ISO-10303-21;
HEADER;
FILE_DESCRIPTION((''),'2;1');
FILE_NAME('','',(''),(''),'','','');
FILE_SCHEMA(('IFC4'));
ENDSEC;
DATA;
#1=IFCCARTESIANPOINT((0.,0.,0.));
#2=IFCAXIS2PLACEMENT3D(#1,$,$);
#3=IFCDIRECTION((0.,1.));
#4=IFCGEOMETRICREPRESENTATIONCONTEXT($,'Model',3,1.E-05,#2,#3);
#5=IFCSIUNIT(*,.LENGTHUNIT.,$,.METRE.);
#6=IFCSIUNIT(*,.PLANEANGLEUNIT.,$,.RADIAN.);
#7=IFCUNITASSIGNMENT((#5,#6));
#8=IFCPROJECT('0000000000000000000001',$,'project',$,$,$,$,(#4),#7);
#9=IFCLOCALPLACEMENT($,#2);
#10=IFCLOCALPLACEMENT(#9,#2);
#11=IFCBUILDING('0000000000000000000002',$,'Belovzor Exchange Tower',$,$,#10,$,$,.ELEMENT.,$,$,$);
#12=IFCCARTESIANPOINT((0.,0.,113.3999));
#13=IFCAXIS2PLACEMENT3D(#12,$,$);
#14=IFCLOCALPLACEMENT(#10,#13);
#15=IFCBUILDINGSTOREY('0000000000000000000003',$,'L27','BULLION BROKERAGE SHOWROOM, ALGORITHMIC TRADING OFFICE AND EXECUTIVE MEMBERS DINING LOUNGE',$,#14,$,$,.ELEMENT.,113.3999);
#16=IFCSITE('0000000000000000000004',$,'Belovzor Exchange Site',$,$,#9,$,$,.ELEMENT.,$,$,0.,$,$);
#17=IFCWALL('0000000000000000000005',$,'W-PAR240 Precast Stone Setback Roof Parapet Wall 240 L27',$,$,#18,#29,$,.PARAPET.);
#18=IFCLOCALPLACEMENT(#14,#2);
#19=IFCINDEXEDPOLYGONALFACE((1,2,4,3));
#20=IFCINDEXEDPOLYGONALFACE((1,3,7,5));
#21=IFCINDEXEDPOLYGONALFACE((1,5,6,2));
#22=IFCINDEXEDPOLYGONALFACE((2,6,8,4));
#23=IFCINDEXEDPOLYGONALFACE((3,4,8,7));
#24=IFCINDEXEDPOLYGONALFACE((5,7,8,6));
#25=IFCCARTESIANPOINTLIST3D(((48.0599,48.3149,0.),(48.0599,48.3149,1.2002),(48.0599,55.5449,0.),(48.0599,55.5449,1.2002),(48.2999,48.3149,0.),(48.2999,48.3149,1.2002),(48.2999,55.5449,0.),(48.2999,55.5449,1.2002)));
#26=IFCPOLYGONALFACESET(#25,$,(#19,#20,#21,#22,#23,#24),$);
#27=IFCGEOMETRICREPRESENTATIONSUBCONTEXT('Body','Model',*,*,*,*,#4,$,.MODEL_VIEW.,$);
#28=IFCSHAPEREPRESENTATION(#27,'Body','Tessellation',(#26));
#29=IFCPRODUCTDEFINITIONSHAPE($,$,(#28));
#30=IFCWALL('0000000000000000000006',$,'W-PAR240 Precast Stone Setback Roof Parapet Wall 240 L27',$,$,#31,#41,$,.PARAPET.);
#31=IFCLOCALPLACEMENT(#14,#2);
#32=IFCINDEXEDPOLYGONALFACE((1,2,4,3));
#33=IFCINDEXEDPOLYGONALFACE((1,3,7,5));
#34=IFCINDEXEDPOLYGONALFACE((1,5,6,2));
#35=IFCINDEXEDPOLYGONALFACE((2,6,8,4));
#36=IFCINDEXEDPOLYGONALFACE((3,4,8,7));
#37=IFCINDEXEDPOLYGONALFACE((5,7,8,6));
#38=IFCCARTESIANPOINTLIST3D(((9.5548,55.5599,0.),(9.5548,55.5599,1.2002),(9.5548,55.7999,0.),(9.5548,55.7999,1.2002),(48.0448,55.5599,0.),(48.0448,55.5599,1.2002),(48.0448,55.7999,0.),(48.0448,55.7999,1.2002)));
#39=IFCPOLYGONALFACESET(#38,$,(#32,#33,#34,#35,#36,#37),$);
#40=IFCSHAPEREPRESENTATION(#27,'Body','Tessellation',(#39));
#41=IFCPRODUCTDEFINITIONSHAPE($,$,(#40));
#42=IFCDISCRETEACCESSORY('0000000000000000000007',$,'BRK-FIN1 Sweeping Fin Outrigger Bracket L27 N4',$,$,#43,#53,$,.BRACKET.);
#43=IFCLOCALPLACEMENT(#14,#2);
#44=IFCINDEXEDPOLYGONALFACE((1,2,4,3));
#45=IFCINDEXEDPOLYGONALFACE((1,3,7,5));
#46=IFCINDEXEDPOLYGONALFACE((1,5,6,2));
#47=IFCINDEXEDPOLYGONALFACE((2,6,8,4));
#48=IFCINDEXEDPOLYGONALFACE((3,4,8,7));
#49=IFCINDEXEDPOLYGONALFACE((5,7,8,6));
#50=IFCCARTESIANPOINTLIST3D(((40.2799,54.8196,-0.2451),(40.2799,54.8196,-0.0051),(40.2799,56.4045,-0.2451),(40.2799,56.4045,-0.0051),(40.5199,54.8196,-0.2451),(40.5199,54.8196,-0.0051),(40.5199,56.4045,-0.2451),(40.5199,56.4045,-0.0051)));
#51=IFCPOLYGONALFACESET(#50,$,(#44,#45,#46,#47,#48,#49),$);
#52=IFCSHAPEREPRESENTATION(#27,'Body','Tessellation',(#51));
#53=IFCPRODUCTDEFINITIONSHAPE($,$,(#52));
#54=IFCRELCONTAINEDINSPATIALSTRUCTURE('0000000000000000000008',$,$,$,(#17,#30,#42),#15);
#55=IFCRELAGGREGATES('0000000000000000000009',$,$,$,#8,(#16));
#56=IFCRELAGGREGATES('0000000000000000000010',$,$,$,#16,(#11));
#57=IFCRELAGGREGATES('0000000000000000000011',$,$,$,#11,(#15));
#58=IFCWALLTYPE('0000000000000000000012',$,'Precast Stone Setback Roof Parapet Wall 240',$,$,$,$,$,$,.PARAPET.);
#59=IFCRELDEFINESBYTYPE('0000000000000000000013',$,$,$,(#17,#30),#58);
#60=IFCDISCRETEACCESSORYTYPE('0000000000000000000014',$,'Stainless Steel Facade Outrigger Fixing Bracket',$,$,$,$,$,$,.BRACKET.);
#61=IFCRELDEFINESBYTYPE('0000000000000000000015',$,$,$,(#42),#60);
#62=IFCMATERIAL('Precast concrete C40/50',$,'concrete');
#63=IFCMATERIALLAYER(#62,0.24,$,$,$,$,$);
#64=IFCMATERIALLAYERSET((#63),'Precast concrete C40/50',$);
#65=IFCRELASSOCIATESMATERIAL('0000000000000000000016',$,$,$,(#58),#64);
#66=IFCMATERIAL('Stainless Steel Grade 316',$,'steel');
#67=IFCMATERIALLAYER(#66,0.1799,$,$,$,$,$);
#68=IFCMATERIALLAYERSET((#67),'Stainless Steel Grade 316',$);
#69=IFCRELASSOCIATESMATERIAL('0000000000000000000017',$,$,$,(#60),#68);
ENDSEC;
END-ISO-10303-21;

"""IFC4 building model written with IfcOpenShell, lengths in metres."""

from ifc_helpers import new_model, si_unit, direction, frame, frame_2d, origin, origin_2d, place, context, subcontext, project, spatial, rectangle, extrude, material, layer, layer_set, type_object, element, save


model = new_model("IFC4")

# Units and contexts
model_context = context("Model", 3, precision=1e-05, world=origin(), true_north=direction((0.0, 1.0)))
body_context = subcontext(model_context, "Body", "Model", "MODEL_VIEW")
ifc_project = project(units=[si_unit("LENGTHUNIT", "METRE"), si_unit("PLANEANGLEUNIT", "RADIAN")], contexts=[model_context])

# Site, building, storey
site_placement = place(None, origin())
site = spatial("IfcSite", under=ifc_project, at=site_placement, Name="Belovzor Exchange Site", CompositionType="ELEMENT", RefElevation=0.0)
building_placement = place(site_placement, origin())
building = spatial("IfcBuilding", under=site, at=building_placement, Name="Belovzor Exchange Tower", CompositionType="ELEMENT")
storey_placement = place(building_placement, frame((0.0, 0.0, 113.3999)))
storey = spatial("IfcBuildingStorey", under=building, at=storey_placement, Name="L27", Description="BULLION BROKERAGE SHOWROOM, ALGORITHMIC TRADING OFFICE AND EXECUTIVE MEMBERS DINING LOUNGE", CompositionType="ELEMENT", Elevation=113.3999)

# Walls
ifc_material_1 = material(Name="Precast concrete C40/50", Category="concrete")
ifc_layer_1 = layer(ifc_material_1, 0.24)
ifc_layer_set_1 = layer_set([ifc_layer_1], Name="Precast concrete C40/50")
wall_type_1 = type_object("IfcWallType", Name="Precast Stone Setback Roof Parapet Wall 240", PredefinedType="PARAPET", material=ifc_layer_set_1)
for number, where, z_axis, x_axis, name in (
    (1, (48.1799, 48.3149, 0.0), (0.0, 0.0, 1.0), (0.0, 1.0, 0.0), "W-PAR240 Precast Stone Setback Roof Parapet Wall 240 L27"),
):
    element("IfcWall", number, at=place(storey_placement, frame(where, z_axis=z_axis, x_axis=x_axis)), inside=storey, type_object=wall_type_1, Name=name, PredefinedType="PARAPET", context=body_context, shape_type="SweptSolid", body=[
        extrude(rectangle(XDim=7.23, YDim=0.24, at=frame_2d((3.615, 0.0))), origin(), (0.0, 0.0, 1.0), 1.2002),
    ])
wall_1_placement = place(storey_placement, frame((48.0449, 55.6799, 0.0), z_axis=(0.0, 0.0, 1.0), x_axis=(-1.0, 0.0, 0.0)))
element("IfcWall", 2, at=wall_1_placement, inside=storey, type_object=wall_type_1, Name="W-PAR240 Precast Stone Setback Roof Parapet Wall 240 L27", PredefinedType="PARAPET", context=body_context, shape_type="SweptSolid", body=[
    extrude(rectangle(XDim=38.49, YDim=0.24, at=frame_2d((19.2451, 0.0))), origin(), (0.0, 0.0, 1.0), 1.2002),
])

# Discrete accessory
ifc_material_2 = material(Name="Stainless Steel Grade 316", Category="steel")
ifc_layer_2 = layer(ifc_material_2, 0.1799)
ifc_layer_set_2 = layer_set([ifc_layer_2], Name="Stainless Steel Grade 316")
discrete_accessory_type = type_object("IfcDiscreteAccessoryType", Name="Stainless Steel Facade Outrigger Fixing Bracket", PredefinedType="BRACKET", material=ifc_layer_set_2)
discrete_accessory_placement = place(storey_placement, frame((40.3999, 55.6121, -0.2451), z_axis=(0.0, 0.0, 1.0), x_axis=(0.0, 1.0, 0.0)))
element("IfcDiscreteAccessory", 3, at=discrete_accessory_placement, inside=storey, type_object=discrete_accessory_type, Name="BRK-FIN1 Sweeping Fin Outrigger Bracket L27 N4", PredefinedType="BRACKET", context=body_context, shape_type="SweptSolid", body=[
    extrude(rectangle(XDim=1.585, YDim=0.24, at=origin_2d()), origin(), (0.0, 0.0, 1.0), 0.24),
])

save(model, "model.ifc")
